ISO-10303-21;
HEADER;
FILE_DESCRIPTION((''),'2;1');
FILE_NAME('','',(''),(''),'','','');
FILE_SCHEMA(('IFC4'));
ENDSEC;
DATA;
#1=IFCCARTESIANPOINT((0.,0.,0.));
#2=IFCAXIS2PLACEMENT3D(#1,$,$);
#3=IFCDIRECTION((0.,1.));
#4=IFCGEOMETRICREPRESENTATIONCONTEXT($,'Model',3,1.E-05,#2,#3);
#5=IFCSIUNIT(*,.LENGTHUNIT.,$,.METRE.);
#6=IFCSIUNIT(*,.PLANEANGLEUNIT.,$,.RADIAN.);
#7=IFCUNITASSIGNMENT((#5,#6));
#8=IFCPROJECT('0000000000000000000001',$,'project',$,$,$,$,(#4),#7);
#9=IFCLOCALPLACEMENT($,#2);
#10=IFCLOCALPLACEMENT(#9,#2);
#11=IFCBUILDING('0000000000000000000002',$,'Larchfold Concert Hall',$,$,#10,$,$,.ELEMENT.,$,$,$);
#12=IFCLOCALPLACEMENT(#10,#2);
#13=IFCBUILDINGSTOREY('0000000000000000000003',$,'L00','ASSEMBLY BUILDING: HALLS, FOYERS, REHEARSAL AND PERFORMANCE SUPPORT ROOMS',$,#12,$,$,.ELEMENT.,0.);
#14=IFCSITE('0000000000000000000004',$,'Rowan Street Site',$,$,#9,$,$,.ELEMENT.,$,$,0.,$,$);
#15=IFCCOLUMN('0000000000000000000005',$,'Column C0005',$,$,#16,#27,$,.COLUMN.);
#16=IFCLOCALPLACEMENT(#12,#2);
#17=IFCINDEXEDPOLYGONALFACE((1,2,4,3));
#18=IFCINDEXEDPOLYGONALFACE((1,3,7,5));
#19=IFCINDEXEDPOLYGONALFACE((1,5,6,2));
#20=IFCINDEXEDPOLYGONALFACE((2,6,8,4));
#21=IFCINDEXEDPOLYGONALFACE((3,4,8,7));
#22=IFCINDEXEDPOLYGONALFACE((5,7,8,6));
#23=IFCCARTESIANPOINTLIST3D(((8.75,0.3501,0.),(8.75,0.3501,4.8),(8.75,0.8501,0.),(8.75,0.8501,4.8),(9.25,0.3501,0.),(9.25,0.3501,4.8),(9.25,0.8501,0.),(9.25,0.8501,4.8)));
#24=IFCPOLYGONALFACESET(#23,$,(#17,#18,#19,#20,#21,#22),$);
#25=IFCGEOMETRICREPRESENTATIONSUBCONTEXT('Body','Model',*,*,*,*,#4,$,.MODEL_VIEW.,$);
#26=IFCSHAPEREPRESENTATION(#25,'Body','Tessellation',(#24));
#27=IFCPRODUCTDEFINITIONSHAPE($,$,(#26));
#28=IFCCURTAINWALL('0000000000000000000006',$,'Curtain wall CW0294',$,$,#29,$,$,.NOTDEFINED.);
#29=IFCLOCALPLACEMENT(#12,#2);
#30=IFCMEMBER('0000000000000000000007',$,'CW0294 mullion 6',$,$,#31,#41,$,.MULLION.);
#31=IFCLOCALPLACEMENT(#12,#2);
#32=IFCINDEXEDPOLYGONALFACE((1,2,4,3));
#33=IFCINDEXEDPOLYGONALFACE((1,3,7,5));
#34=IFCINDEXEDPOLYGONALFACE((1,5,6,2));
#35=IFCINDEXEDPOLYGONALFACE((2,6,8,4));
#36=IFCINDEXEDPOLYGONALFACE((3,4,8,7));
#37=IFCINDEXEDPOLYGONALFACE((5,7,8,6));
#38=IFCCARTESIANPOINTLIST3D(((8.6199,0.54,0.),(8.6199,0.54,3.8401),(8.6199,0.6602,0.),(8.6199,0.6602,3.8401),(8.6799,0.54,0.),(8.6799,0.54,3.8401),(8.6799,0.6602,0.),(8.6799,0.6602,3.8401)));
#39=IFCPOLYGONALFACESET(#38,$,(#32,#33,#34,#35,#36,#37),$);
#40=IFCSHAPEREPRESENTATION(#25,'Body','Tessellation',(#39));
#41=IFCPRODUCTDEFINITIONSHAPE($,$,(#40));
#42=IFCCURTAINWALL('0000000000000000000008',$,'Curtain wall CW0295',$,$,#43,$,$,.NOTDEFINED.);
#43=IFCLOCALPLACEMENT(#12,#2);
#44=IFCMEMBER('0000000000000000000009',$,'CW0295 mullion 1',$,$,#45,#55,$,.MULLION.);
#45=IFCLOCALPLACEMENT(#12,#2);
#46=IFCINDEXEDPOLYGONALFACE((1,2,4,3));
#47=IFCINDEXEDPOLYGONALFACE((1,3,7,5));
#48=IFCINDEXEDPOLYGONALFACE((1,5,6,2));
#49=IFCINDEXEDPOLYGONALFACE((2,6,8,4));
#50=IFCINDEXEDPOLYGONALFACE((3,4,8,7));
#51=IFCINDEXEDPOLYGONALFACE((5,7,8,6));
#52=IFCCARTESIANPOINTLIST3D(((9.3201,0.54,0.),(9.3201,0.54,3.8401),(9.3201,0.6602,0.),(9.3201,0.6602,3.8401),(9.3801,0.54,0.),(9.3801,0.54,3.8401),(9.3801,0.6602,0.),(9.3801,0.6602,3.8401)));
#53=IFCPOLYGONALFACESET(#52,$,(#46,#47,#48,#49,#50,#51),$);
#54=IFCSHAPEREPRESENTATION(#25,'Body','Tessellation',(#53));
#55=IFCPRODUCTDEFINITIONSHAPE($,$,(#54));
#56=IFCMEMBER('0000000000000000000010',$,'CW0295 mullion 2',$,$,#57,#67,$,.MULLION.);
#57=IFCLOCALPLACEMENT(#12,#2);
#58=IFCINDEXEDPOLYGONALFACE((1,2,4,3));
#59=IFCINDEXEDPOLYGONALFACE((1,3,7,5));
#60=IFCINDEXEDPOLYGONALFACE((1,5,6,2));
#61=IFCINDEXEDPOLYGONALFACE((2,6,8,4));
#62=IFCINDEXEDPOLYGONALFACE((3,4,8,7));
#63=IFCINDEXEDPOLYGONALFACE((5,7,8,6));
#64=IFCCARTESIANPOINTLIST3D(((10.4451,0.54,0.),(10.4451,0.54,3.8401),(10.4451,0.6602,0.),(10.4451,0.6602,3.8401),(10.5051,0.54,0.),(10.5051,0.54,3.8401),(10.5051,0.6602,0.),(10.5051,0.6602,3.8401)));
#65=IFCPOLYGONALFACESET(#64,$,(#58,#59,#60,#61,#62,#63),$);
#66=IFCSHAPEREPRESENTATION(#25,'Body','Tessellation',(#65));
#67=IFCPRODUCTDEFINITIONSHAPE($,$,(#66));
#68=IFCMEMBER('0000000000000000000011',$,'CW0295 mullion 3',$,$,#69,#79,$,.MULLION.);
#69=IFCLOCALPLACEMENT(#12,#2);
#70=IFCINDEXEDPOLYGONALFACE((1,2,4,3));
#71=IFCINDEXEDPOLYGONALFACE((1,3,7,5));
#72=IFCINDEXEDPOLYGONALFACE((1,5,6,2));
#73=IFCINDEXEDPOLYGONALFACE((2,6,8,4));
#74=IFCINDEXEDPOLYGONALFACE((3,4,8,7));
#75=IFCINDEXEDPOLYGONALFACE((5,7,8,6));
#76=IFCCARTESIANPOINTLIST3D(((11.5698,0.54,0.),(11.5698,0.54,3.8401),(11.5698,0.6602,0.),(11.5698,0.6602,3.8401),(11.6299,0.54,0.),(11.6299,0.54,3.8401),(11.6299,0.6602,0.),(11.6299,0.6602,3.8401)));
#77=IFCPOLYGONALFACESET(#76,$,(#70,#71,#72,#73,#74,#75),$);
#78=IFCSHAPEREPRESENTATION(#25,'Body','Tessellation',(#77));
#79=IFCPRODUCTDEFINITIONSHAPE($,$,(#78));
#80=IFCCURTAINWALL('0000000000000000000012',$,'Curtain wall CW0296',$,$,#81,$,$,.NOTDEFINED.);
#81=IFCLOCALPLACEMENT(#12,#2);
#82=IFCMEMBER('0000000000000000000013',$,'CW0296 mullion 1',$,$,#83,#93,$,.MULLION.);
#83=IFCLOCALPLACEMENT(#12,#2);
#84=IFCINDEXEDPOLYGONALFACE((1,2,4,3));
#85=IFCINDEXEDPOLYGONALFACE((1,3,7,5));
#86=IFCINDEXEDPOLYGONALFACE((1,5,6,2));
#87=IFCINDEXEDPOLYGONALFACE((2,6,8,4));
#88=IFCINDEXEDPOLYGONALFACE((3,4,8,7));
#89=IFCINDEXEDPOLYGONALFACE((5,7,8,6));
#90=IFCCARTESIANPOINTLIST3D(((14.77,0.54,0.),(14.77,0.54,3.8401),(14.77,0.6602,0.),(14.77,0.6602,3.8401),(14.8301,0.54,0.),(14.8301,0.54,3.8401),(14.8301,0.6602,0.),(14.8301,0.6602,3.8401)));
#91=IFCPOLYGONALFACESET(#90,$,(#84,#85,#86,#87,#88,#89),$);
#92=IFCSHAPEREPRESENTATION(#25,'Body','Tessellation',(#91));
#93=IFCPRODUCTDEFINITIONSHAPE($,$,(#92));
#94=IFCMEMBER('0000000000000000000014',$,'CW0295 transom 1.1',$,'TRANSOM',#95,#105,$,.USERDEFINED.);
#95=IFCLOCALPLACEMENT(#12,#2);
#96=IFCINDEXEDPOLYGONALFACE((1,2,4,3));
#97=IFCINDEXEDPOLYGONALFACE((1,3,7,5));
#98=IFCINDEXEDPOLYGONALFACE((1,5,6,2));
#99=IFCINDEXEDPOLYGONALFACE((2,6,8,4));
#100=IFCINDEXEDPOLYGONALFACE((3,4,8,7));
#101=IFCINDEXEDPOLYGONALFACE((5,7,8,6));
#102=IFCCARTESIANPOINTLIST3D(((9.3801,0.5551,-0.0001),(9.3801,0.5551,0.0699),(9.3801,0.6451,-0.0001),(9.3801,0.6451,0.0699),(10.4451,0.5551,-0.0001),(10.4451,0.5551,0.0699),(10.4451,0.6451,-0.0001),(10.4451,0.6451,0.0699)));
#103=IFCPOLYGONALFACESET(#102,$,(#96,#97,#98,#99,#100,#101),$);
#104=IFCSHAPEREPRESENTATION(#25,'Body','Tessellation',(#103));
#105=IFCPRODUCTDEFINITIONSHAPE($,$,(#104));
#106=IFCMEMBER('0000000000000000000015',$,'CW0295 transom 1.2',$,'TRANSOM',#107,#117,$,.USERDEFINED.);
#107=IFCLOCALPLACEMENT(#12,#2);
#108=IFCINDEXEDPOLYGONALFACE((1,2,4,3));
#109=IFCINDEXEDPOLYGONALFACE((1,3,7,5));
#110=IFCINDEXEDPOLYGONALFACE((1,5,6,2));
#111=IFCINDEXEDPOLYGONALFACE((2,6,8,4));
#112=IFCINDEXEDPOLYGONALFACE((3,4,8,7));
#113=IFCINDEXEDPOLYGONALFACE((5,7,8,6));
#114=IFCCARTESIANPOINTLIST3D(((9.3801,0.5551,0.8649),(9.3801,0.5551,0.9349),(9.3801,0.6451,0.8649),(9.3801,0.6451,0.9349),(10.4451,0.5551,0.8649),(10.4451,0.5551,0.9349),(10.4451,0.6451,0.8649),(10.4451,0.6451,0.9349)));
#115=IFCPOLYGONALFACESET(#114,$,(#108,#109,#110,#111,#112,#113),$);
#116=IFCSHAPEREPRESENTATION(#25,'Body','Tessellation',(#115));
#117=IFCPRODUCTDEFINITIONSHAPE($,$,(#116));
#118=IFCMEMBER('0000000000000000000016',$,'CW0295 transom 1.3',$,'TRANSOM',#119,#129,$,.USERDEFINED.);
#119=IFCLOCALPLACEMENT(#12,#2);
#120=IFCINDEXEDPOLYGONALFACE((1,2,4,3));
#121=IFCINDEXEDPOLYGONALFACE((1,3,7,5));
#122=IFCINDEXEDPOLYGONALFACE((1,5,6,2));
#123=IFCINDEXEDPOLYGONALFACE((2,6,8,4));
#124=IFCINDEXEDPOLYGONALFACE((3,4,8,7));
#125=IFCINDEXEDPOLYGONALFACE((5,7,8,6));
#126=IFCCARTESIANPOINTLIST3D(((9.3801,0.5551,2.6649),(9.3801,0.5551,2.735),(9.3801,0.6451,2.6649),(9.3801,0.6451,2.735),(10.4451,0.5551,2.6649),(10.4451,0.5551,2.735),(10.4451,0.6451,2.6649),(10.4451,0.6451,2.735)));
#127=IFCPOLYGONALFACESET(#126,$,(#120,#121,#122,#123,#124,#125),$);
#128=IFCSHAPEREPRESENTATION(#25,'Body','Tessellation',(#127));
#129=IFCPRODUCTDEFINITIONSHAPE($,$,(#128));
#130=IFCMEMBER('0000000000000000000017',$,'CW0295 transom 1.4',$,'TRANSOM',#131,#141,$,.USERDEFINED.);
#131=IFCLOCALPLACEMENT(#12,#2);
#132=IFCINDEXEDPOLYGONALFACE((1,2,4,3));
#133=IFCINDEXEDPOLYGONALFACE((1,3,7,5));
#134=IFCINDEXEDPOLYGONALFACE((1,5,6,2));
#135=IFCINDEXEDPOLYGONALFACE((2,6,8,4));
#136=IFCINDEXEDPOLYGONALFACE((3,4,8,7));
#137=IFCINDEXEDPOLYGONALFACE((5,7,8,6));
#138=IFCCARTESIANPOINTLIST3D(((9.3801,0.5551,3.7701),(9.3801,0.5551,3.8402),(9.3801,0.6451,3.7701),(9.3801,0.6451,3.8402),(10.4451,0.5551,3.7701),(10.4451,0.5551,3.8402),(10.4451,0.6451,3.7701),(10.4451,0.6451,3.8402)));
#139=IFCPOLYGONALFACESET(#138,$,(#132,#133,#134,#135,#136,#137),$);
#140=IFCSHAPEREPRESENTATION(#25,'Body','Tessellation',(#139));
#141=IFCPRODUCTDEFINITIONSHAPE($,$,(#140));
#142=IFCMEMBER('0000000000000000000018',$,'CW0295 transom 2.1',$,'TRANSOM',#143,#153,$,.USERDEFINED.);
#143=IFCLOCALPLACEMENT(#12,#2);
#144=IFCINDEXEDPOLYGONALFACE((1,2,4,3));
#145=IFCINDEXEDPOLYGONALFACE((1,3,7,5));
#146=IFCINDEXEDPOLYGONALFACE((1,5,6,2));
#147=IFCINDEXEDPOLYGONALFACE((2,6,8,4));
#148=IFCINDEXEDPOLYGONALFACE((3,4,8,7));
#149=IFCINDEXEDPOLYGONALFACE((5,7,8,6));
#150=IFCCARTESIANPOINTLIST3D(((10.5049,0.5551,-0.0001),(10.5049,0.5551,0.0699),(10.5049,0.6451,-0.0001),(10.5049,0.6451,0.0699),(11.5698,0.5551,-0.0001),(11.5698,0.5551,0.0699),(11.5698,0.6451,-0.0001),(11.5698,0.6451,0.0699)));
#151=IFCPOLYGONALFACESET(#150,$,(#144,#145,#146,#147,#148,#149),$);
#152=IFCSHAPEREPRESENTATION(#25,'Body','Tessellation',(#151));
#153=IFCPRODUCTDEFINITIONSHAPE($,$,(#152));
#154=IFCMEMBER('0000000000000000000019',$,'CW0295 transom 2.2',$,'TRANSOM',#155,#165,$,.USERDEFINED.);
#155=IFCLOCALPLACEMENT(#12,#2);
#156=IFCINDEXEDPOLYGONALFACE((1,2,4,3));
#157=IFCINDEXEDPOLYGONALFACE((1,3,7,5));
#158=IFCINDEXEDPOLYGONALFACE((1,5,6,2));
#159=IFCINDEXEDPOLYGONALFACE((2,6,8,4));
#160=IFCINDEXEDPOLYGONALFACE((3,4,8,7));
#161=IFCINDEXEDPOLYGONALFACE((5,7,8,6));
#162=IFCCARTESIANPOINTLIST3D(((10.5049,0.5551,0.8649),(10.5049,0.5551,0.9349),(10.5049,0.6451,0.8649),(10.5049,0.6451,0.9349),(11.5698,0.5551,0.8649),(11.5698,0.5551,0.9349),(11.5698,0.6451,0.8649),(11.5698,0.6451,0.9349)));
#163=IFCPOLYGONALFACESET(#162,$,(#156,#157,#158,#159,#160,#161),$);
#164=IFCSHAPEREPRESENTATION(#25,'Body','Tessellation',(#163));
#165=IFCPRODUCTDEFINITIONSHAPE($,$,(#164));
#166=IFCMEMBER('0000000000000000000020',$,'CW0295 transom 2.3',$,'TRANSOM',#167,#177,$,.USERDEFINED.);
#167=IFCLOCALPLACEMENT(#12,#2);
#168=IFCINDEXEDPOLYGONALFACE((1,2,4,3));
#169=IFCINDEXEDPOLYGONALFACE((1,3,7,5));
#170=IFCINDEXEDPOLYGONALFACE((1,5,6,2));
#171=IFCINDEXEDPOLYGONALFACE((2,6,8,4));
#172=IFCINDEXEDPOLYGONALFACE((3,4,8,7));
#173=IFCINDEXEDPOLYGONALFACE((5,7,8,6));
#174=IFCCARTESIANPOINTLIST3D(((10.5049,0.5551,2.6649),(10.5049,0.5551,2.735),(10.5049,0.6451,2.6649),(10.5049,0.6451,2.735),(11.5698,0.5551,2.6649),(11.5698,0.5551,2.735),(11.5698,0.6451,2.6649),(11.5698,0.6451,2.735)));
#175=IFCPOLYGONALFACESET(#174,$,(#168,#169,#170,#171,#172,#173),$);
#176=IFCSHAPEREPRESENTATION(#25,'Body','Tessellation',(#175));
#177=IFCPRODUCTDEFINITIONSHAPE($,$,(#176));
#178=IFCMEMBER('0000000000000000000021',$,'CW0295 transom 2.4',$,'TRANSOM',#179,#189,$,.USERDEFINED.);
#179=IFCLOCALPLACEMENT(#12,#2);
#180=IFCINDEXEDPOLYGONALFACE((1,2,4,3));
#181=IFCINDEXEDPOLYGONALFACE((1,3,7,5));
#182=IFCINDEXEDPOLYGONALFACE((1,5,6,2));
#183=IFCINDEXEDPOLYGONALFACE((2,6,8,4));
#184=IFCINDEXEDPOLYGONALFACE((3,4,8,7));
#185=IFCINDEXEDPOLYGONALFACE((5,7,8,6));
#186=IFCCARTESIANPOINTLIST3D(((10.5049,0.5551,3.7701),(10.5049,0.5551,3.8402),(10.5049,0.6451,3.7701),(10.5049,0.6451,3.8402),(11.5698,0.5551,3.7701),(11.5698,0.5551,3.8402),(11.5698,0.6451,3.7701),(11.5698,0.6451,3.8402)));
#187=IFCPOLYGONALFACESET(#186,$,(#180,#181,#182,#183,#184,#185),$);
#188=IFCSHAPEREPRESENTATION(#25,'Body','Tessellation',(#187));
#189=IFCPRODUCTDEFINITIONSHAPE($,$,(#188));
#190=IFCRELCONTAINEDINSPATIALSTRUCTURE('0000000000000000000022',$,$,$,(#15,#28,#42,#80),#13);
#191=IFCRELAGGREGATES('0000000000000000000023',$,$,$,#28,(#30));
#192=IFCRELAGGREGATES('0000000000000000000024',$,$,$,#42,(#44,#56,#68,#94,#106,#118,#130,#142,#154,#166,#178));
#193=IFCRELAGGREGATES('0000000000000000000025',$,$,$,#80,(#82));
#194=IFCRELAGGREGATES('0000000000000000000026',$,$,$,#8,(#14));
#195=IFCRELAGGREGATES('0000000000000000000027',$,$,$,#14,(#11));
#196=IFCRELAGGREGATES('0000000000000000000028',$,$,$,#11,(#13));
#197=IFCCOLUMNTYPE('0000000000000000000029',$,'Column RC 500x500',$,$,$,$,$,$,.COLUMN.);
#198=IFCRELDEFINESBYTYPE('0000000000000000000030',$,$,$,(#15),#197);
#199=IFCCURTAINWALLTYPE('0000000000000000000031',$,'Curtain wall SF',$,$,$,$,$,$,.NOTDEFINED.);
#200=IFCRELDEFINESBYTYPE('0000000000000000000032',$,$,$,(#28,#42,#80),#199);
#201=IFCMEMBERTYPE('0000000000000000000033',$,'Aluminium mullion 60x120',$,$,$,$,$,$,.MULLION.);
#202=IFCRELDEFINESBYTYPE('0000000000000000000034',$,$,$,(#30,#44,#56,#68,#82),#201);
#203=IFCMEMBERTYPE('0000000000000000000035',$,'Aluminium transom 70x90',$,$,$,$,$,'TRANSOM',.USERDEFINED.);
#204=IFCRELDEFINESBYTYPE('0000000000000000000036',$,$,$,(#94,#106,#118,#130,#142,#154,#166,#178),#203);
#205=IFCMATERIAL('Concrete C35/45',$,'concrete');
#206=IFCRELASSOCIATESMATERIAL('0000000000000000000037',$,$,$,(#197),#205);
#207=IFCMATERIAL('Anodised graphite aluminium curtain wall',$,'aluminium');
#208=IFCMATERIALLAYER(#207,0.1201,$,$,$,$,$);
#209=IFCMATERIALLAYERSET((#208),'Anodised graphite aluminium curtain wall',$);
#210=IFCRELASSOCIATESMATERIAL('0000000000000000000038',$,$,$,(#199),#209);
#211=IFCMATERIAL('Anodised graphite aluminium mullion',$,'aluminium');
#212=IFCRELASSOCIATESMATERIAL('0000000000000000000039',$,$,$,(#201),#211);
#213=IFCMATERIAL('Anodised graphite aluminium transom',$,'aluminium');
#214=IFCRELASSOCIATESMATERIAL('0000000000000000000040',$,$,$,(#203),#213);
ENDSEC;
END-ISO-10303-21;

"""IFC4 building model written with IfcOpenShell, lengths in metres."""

from ifc_helpers import new_model, si_unit, direction, frame, origin, origin_2d, place, context, subcontext, project, spatial, rectangle, extrude, material, layer, layer_set, material_profile, profile_set, type_object, element, aggregate, save


model = new_model("IFC4")

# Units and contexts
model_context = context("Model", 3, precision=1e-05, world=origin(), true_north=direction((0.0, 1.0)))
body_context = subcontext(model_context, "Body", "Model", "MODEL_VIEW")
ifc_project = project(units=[si_unit("LENGTHUNIT", "METRE"), si_unit("PLANEANGLEUNIT", "RADIAN")], contexts=[model_context])

# Site, building, storey
site_placement = place(None, origin())
site = spatial("IfcSite", under=ifc_project, at=site_placement, Name="Rowan Street Site", CompositionType="ELEMENT", RefElevation=0.0)
building_placement = place(site_placement, origin())
building = spatial("IfcBuilding", under=site, at=building_placement, Name="Larchfold Concert Hall", CompositionType="ELEMENT")
storey_placement = place(building_placement, origin())
storey = spatial("IfcBuildingStorey", under=building, at=storey_placement, Name="L00", Description="ASSEMBLY BUILDING: HALLS, FOYERS, REHEARSAL AND PERFORMANCE SUPPORT ROOMS", CompositionType="ELEMENT", Elevation=0.0)

# Column
ifc_material_1 = material(Name="Concrete C35/45", Category="concrete")
ifc_material_profile_1 = material_profile(ifc_material_1, rectangle(XDim=0.5, YDim=0.5, at=origin_2d()))
ifc_profile_set_1 = profile_set([ifc_material_profile_1], Name="Concrete C35/45")
column_type = type_object("IfcColumnType", Name="Column RC 500x500", PredefinedType="COLUMN", material=ifc_profile_set_1)
column_placement = place(storey_placement, frame((9.0, 0.6001, 0.0), z_axis=(0.0, 0.0, 1.0), x_axis=(1.0, 0.0, 0.0)))
element("IfcColumn", 1, at=column_placement, inside=storey, type_object=column_type, Name="Column C0005", PredefinedType="COLUMN", context=body_context, shape_type="SweptSolid", body=[
    extrude(rectangle(XDim=0.5, YDim=0.5, at=origin_2d()), origin(), (0.0, 0.0, 1.0), 4.8),
])

# Curtain wall, member
ifc_material_2 = material(Name="Anodised graphite aluminium curtain wall", Category="aluminium")
ifc_layer_1 = layer(ifc_material_2, 0.1201)
ifc_layer_set_1 = layer_set([ifc_layer_1], Name="Anodised graphite aluminium curtain wall")
curtain_wall_type = type_object("IfcCurtainWallType", Name="Curtain wall SF", PredefinedType="NOTDEFINED", material=ifc_layer_set_1)
curtain_wall_1_placement = place(storey_placement, origin())
curtain_wall_1 = element("IfcCurtainWall", 2, at=curtain_wall_1_placement, inside=storey, type_object=curtain_wall_type, Name="Curtain wall CW0294", PredefinedType="NOTDEFINED")
ifc_material_3 = material(Name="Anodised graphite aluminium mullion", Category="aluminium")
ifc_material_profile_2 = material_profile(ifc_material_3, rectangle(XDim=0.1201, YDim=0.0601, at=origin_2d()))
ifc_profile_set_2 = profile_set([ifc_material_profile_2], Name="Anodised graphite aluminium mullion")
member_type_1 = type_object("IfcMemberType", Name="Aluminium mullion 60x120", PredefinedType="MULLION", material=ifc_profile_set_2)
member_1_placement = place(storey_placement, frame((8.6499, 0.6001, 0.0), z_axis=(0.0, 0.0, 1.0), x_axis=(0.0, 1.0, 0.0)))
member_1 = element("IfcMember", 3, at=member_1_placement, type_object=member_type_1, Name="CW0294 mullion 6", PredefinedType="MULLION", context=body_context, shape_type="SweptSolid", body=[
    extrude(rectangle(XDim=0.1201, YDim=0.0601, at=origin_2d()), origin(), (0.0, 0.0, 1.0), 3.8401),
])

# Curtain wall, members
curtain_wall_2_placement = place(storey_placement, origin())
curtain_wall_2 = element("IfcCurtainWall", 4, at=curtain_wall_2_placement, inside=storey, type_object=curtain_wall_type, Name="Curtain wall CW0295", PredefinedType="NOTDEFINED")
member_2_placement = place(storey_placement, frame((9.3501, 0.6001, 0.0), z_axis=(0.0, 0.0, 1.0), x_axis=(0.0, 1.0, 0.0)))
member_2 = element("IfcMember", 5, at=member_2_placement, type_object=member_type_1, Name="CW0295 mullion 1", PredefinedType="MULLION", context=body_context, shape_type="SweptSolid", body=[
    extrude(rectangle(XDim=0.1201, YDim=0.0601, at=origin_2d()), origin(), (0.0, 0.0, 1.0), 3.8401),
])
member_3_placement = place(storey_placement, frame((10.4751, 0.6001, 0.0), z_axis=(0.0, 0.0, 1.0), x_axis=(0.0, 1.0, 0.0)))
member_3 = element("IfcMember", 6, at=member_3_placement, type_object=member_type_1, Name="CW0295 mullion 2", PredefinedType="MULLION", context=body_context, shape_type="SweptSolid", body=[
    extrude(rectangle(XDim=0.1201, YDim=0.0601, at=origin_2d()), origin(), (0.0, 0.0, 1.0), 3.8401),
])
member_4_placement = place(storey_placement, frame((11.5999, 0.6001, 0.0), z_axis=(0.0, 0.0, 1.0), x_axis=(0.0, 1.0, 0.0)))
member_4 = element("IfcMember", 7, at=member_4_placement, type_object=member_type_1, Name="CW0295 mullion 3", PredefinedType="MULLION", context=body_context, shape_type="SweptSolid", body=[
    extrude(rectangle(XDim=0.1201, YDim=0.0601, at=origin_2d()), origin(), (0.0, 0.0, 1.0), 3.8401),
])

# Curtain wall, member
curtain_wall_3_placement = place(storey_placement, origin())
curtain_wall_3 = element("IfcCurtainWall", 8, at=curtain_wall_3_placement, inside=storey, type_object=curtain_wall_type, Name="Curtain wall CW0296", PredefinedType="NOTDEFINED")
member_5_placement = place(storey_placement, frame((14.8, 0.6001, 0.0), z_axis=(0.0, 0.0, 1.0), x_axis=(0.0, 1.0, 0.0)))
member_5 = element("IfcMember", 9, at=member_5_placement, type_object=member_type_1, Name="CW0296 mullion 1", PredefinedType="MULLION", context=body_context, shape_type="SweptSolid", body=[
    extrude(rectangle(XDim=0.1201, YDim=0.0601, at=origin_2d()), origin(), (0.0, 0.0, 1.0), 3.8401),
])

# Members
ifc_material_4 = material(Name="Anodised graphite aluminium transom", Category="aluminium")
ifc_material_profile_3 = material_profile(ifc_material_4, rectangle(XDim=0.0901, YDim=0.0701, at=origin_2d()))
ifc_profile_set_3 = profile_set([ifc_material_profile_3], Name="Anodised graphite aluminium transom")
member_type_2 = type_object("IfcMemberType", Name="Aluminium transom 70x90", ElementType="TRANSOM", PredefinedType="USERDEFINED", material=ifc_profile_set_3)
member_6_placement = place(storey_placement, frame((9.3801, 0.6001, 0.0349), z_axis=(1.0, 0.0, 0.0), x_axis=(0.0, 1.0, 0.0)))
member_6 = element("IfcMember", 10, at=member_6_placement, type_object=member_type_2, Name="CW0295 transom 1.1", ObjectType="TRANSOM", PredefinedType="USERDEFINED", context=body_context, shape_type="SweptSolid", body=[
    extrude(rectangle(XDim=0.0901, YDim=0.0701, at=origin_2d()), origin(), (0.0, 0.0, 1.0), 1.0649),
])
member_7_placement = place(storey_placement, frame((9.3801, 0.6001, 0.8999), z_axis=(1.0, 0.0, 0.0), x_axis=(0.0, 1.0, 0.0)))
member_7 = element("IfcMember", 11, at=member_7_placement, type_object=member_type_2, Name="CW0295 transom 1.2", ObjectType="TRANSOM", PredefinedType="USERDEFINED", context=body_context, shape_type="SweptSolid", body=[
    extrude(rectangle(XDim=0.0901, YDim=0.0701, at=origin_2d()), origin(), (0.0, 0.0, 1.0), 1.0649),
])
member_8_placement = place(storey_placement, frame((9.3801, 0.6001, 2.7), z_axis=(1.0, 0.0, 0.0), x_axis=(0.0, 1.0, 0.0)))
member_8 = element("IfcMember", 12, at=member_8_placement, type_object=member_type_2, Name="CW0295 transom 1.3", ObjectType="TRANSOM", PredefinedType="USERDEFINED", context=body_context, shape_type="SweptSolid", body=[
    extrude(rectangle(XDim=0.0901, YDim=0.0701, at=origin_2d()), origin(), (0.0, 0.0, 1.0), 1.0649),
])
member_9_placement = place(storey_placement, frame((9.3801, 0.6001, 3.8052), z_axis=(1.0, 0.0, 0.0), x_axis=(0.0, 1.0, 0.0)))
member_9 = element("IfcMember", 13, at=member_9_placement, type_object=member_type_2, Name="CW0295 transom 1.4", ObjectType="TRANSOM", PredefinedType="USERDEFINED", context=body_context, shape_type="SweptSolid", body=[
    extrude(rectangle(XDim=0.0901, YDim=0.0701, at=origin_2d()), origin(), (0.0, 0.0, 1.0), 1.0649),
])
member_10_placement = place(storey_placement, frame((10.5049, 0.6001, 0.0349), z_axis=(1.0, 0.0, 0.0), x_axis=(0.0, 1.0, 0.0)))
member_10 = element("IfcMember", 14, at=member_10_placement, type_object=member_type_2, Name="CW0295 transom 2.1", ObjectType="TRANSOM", PredefinedType="USERDEFINED", context=body_context, shape_type="SweptSolid", body=[
    extrude(rectangle(XDim=0.0901, YDim=0.0701, at=origin_2d()), origin(), (0.0, 0.0, 1.0), 1.0649),
])
member_11_placement = place(storey_placement, frame((10.5049, 0.6001, 0.8999), z_axis=(1.0, 0.0, 0.0), x_axis=(0.0, 1.0, 0.0)))
member_11 = element("IfcMember", 15, at=member_11_placement, type_object=member_type_2, Name="CW0295 transom 2.2", ObjectType="TRANSOM", PredefinedType="USERDEFINED", context=body_context, shape_type="SweptSolid", body=[
    extrude(rectangle(XDim=0.0901, YDim=0.0701, at=origin_2d()), origin(), (0.0, 0.0, 1.0), 1.0649),
])
member_12_placement = place(storey_placement, frame((10.5049, 0.6001, 2.7), z_axis=(1.0, 0.0, 0.0), x_axis=(0.0, 1.0, 0.0)))
member_12 = element("IfcMember", 16, at=member_12_placement, type_object=member_type_2, Name="CW0295 transom 2.3", ObjectType="TRANSOM", PredefinedType="USERDEFINED", context=body_context, shape_type="SweptSolid", body=[
    extrude(rectangle(XDim=0.0901, YDim=0.0701, at=origin_2d()), origin(), (0.0, 0.0, 1.0), 1.0649),
])
member_13_placement = place(storey_placement, frame((10.5049, 0.6001, 3.8052), z_axis=(1.0, 0.0, 0.0), x_axis=(0.0, 1.0, 0.0)))
member_13 = element("IfcMember", 17, at=member_13_placement, type_object=member_type_2, Name="CW0295 transom 2.4", ObjectType="TRANSOM", PredefinedType="USERDEFINED", context=body_context, shape_type="SweptSolid", body=[
    extrude(rectangle(XDim=0.0901, YDim=0.0701, at=origin_2d()), origin(), (0.0, 0.0, 1.0), 1.0649),
])

aggregate(curtain_wall_1, [member_1])
aggregate(curtain_wall_2, [member_2, member_3, member_4, member_6, member_7, member_8, member_9, member_10, member_11, member_12, member_13])
aggregate(curtain_wall_3, [member_5])

save(model, "model.ifc")
